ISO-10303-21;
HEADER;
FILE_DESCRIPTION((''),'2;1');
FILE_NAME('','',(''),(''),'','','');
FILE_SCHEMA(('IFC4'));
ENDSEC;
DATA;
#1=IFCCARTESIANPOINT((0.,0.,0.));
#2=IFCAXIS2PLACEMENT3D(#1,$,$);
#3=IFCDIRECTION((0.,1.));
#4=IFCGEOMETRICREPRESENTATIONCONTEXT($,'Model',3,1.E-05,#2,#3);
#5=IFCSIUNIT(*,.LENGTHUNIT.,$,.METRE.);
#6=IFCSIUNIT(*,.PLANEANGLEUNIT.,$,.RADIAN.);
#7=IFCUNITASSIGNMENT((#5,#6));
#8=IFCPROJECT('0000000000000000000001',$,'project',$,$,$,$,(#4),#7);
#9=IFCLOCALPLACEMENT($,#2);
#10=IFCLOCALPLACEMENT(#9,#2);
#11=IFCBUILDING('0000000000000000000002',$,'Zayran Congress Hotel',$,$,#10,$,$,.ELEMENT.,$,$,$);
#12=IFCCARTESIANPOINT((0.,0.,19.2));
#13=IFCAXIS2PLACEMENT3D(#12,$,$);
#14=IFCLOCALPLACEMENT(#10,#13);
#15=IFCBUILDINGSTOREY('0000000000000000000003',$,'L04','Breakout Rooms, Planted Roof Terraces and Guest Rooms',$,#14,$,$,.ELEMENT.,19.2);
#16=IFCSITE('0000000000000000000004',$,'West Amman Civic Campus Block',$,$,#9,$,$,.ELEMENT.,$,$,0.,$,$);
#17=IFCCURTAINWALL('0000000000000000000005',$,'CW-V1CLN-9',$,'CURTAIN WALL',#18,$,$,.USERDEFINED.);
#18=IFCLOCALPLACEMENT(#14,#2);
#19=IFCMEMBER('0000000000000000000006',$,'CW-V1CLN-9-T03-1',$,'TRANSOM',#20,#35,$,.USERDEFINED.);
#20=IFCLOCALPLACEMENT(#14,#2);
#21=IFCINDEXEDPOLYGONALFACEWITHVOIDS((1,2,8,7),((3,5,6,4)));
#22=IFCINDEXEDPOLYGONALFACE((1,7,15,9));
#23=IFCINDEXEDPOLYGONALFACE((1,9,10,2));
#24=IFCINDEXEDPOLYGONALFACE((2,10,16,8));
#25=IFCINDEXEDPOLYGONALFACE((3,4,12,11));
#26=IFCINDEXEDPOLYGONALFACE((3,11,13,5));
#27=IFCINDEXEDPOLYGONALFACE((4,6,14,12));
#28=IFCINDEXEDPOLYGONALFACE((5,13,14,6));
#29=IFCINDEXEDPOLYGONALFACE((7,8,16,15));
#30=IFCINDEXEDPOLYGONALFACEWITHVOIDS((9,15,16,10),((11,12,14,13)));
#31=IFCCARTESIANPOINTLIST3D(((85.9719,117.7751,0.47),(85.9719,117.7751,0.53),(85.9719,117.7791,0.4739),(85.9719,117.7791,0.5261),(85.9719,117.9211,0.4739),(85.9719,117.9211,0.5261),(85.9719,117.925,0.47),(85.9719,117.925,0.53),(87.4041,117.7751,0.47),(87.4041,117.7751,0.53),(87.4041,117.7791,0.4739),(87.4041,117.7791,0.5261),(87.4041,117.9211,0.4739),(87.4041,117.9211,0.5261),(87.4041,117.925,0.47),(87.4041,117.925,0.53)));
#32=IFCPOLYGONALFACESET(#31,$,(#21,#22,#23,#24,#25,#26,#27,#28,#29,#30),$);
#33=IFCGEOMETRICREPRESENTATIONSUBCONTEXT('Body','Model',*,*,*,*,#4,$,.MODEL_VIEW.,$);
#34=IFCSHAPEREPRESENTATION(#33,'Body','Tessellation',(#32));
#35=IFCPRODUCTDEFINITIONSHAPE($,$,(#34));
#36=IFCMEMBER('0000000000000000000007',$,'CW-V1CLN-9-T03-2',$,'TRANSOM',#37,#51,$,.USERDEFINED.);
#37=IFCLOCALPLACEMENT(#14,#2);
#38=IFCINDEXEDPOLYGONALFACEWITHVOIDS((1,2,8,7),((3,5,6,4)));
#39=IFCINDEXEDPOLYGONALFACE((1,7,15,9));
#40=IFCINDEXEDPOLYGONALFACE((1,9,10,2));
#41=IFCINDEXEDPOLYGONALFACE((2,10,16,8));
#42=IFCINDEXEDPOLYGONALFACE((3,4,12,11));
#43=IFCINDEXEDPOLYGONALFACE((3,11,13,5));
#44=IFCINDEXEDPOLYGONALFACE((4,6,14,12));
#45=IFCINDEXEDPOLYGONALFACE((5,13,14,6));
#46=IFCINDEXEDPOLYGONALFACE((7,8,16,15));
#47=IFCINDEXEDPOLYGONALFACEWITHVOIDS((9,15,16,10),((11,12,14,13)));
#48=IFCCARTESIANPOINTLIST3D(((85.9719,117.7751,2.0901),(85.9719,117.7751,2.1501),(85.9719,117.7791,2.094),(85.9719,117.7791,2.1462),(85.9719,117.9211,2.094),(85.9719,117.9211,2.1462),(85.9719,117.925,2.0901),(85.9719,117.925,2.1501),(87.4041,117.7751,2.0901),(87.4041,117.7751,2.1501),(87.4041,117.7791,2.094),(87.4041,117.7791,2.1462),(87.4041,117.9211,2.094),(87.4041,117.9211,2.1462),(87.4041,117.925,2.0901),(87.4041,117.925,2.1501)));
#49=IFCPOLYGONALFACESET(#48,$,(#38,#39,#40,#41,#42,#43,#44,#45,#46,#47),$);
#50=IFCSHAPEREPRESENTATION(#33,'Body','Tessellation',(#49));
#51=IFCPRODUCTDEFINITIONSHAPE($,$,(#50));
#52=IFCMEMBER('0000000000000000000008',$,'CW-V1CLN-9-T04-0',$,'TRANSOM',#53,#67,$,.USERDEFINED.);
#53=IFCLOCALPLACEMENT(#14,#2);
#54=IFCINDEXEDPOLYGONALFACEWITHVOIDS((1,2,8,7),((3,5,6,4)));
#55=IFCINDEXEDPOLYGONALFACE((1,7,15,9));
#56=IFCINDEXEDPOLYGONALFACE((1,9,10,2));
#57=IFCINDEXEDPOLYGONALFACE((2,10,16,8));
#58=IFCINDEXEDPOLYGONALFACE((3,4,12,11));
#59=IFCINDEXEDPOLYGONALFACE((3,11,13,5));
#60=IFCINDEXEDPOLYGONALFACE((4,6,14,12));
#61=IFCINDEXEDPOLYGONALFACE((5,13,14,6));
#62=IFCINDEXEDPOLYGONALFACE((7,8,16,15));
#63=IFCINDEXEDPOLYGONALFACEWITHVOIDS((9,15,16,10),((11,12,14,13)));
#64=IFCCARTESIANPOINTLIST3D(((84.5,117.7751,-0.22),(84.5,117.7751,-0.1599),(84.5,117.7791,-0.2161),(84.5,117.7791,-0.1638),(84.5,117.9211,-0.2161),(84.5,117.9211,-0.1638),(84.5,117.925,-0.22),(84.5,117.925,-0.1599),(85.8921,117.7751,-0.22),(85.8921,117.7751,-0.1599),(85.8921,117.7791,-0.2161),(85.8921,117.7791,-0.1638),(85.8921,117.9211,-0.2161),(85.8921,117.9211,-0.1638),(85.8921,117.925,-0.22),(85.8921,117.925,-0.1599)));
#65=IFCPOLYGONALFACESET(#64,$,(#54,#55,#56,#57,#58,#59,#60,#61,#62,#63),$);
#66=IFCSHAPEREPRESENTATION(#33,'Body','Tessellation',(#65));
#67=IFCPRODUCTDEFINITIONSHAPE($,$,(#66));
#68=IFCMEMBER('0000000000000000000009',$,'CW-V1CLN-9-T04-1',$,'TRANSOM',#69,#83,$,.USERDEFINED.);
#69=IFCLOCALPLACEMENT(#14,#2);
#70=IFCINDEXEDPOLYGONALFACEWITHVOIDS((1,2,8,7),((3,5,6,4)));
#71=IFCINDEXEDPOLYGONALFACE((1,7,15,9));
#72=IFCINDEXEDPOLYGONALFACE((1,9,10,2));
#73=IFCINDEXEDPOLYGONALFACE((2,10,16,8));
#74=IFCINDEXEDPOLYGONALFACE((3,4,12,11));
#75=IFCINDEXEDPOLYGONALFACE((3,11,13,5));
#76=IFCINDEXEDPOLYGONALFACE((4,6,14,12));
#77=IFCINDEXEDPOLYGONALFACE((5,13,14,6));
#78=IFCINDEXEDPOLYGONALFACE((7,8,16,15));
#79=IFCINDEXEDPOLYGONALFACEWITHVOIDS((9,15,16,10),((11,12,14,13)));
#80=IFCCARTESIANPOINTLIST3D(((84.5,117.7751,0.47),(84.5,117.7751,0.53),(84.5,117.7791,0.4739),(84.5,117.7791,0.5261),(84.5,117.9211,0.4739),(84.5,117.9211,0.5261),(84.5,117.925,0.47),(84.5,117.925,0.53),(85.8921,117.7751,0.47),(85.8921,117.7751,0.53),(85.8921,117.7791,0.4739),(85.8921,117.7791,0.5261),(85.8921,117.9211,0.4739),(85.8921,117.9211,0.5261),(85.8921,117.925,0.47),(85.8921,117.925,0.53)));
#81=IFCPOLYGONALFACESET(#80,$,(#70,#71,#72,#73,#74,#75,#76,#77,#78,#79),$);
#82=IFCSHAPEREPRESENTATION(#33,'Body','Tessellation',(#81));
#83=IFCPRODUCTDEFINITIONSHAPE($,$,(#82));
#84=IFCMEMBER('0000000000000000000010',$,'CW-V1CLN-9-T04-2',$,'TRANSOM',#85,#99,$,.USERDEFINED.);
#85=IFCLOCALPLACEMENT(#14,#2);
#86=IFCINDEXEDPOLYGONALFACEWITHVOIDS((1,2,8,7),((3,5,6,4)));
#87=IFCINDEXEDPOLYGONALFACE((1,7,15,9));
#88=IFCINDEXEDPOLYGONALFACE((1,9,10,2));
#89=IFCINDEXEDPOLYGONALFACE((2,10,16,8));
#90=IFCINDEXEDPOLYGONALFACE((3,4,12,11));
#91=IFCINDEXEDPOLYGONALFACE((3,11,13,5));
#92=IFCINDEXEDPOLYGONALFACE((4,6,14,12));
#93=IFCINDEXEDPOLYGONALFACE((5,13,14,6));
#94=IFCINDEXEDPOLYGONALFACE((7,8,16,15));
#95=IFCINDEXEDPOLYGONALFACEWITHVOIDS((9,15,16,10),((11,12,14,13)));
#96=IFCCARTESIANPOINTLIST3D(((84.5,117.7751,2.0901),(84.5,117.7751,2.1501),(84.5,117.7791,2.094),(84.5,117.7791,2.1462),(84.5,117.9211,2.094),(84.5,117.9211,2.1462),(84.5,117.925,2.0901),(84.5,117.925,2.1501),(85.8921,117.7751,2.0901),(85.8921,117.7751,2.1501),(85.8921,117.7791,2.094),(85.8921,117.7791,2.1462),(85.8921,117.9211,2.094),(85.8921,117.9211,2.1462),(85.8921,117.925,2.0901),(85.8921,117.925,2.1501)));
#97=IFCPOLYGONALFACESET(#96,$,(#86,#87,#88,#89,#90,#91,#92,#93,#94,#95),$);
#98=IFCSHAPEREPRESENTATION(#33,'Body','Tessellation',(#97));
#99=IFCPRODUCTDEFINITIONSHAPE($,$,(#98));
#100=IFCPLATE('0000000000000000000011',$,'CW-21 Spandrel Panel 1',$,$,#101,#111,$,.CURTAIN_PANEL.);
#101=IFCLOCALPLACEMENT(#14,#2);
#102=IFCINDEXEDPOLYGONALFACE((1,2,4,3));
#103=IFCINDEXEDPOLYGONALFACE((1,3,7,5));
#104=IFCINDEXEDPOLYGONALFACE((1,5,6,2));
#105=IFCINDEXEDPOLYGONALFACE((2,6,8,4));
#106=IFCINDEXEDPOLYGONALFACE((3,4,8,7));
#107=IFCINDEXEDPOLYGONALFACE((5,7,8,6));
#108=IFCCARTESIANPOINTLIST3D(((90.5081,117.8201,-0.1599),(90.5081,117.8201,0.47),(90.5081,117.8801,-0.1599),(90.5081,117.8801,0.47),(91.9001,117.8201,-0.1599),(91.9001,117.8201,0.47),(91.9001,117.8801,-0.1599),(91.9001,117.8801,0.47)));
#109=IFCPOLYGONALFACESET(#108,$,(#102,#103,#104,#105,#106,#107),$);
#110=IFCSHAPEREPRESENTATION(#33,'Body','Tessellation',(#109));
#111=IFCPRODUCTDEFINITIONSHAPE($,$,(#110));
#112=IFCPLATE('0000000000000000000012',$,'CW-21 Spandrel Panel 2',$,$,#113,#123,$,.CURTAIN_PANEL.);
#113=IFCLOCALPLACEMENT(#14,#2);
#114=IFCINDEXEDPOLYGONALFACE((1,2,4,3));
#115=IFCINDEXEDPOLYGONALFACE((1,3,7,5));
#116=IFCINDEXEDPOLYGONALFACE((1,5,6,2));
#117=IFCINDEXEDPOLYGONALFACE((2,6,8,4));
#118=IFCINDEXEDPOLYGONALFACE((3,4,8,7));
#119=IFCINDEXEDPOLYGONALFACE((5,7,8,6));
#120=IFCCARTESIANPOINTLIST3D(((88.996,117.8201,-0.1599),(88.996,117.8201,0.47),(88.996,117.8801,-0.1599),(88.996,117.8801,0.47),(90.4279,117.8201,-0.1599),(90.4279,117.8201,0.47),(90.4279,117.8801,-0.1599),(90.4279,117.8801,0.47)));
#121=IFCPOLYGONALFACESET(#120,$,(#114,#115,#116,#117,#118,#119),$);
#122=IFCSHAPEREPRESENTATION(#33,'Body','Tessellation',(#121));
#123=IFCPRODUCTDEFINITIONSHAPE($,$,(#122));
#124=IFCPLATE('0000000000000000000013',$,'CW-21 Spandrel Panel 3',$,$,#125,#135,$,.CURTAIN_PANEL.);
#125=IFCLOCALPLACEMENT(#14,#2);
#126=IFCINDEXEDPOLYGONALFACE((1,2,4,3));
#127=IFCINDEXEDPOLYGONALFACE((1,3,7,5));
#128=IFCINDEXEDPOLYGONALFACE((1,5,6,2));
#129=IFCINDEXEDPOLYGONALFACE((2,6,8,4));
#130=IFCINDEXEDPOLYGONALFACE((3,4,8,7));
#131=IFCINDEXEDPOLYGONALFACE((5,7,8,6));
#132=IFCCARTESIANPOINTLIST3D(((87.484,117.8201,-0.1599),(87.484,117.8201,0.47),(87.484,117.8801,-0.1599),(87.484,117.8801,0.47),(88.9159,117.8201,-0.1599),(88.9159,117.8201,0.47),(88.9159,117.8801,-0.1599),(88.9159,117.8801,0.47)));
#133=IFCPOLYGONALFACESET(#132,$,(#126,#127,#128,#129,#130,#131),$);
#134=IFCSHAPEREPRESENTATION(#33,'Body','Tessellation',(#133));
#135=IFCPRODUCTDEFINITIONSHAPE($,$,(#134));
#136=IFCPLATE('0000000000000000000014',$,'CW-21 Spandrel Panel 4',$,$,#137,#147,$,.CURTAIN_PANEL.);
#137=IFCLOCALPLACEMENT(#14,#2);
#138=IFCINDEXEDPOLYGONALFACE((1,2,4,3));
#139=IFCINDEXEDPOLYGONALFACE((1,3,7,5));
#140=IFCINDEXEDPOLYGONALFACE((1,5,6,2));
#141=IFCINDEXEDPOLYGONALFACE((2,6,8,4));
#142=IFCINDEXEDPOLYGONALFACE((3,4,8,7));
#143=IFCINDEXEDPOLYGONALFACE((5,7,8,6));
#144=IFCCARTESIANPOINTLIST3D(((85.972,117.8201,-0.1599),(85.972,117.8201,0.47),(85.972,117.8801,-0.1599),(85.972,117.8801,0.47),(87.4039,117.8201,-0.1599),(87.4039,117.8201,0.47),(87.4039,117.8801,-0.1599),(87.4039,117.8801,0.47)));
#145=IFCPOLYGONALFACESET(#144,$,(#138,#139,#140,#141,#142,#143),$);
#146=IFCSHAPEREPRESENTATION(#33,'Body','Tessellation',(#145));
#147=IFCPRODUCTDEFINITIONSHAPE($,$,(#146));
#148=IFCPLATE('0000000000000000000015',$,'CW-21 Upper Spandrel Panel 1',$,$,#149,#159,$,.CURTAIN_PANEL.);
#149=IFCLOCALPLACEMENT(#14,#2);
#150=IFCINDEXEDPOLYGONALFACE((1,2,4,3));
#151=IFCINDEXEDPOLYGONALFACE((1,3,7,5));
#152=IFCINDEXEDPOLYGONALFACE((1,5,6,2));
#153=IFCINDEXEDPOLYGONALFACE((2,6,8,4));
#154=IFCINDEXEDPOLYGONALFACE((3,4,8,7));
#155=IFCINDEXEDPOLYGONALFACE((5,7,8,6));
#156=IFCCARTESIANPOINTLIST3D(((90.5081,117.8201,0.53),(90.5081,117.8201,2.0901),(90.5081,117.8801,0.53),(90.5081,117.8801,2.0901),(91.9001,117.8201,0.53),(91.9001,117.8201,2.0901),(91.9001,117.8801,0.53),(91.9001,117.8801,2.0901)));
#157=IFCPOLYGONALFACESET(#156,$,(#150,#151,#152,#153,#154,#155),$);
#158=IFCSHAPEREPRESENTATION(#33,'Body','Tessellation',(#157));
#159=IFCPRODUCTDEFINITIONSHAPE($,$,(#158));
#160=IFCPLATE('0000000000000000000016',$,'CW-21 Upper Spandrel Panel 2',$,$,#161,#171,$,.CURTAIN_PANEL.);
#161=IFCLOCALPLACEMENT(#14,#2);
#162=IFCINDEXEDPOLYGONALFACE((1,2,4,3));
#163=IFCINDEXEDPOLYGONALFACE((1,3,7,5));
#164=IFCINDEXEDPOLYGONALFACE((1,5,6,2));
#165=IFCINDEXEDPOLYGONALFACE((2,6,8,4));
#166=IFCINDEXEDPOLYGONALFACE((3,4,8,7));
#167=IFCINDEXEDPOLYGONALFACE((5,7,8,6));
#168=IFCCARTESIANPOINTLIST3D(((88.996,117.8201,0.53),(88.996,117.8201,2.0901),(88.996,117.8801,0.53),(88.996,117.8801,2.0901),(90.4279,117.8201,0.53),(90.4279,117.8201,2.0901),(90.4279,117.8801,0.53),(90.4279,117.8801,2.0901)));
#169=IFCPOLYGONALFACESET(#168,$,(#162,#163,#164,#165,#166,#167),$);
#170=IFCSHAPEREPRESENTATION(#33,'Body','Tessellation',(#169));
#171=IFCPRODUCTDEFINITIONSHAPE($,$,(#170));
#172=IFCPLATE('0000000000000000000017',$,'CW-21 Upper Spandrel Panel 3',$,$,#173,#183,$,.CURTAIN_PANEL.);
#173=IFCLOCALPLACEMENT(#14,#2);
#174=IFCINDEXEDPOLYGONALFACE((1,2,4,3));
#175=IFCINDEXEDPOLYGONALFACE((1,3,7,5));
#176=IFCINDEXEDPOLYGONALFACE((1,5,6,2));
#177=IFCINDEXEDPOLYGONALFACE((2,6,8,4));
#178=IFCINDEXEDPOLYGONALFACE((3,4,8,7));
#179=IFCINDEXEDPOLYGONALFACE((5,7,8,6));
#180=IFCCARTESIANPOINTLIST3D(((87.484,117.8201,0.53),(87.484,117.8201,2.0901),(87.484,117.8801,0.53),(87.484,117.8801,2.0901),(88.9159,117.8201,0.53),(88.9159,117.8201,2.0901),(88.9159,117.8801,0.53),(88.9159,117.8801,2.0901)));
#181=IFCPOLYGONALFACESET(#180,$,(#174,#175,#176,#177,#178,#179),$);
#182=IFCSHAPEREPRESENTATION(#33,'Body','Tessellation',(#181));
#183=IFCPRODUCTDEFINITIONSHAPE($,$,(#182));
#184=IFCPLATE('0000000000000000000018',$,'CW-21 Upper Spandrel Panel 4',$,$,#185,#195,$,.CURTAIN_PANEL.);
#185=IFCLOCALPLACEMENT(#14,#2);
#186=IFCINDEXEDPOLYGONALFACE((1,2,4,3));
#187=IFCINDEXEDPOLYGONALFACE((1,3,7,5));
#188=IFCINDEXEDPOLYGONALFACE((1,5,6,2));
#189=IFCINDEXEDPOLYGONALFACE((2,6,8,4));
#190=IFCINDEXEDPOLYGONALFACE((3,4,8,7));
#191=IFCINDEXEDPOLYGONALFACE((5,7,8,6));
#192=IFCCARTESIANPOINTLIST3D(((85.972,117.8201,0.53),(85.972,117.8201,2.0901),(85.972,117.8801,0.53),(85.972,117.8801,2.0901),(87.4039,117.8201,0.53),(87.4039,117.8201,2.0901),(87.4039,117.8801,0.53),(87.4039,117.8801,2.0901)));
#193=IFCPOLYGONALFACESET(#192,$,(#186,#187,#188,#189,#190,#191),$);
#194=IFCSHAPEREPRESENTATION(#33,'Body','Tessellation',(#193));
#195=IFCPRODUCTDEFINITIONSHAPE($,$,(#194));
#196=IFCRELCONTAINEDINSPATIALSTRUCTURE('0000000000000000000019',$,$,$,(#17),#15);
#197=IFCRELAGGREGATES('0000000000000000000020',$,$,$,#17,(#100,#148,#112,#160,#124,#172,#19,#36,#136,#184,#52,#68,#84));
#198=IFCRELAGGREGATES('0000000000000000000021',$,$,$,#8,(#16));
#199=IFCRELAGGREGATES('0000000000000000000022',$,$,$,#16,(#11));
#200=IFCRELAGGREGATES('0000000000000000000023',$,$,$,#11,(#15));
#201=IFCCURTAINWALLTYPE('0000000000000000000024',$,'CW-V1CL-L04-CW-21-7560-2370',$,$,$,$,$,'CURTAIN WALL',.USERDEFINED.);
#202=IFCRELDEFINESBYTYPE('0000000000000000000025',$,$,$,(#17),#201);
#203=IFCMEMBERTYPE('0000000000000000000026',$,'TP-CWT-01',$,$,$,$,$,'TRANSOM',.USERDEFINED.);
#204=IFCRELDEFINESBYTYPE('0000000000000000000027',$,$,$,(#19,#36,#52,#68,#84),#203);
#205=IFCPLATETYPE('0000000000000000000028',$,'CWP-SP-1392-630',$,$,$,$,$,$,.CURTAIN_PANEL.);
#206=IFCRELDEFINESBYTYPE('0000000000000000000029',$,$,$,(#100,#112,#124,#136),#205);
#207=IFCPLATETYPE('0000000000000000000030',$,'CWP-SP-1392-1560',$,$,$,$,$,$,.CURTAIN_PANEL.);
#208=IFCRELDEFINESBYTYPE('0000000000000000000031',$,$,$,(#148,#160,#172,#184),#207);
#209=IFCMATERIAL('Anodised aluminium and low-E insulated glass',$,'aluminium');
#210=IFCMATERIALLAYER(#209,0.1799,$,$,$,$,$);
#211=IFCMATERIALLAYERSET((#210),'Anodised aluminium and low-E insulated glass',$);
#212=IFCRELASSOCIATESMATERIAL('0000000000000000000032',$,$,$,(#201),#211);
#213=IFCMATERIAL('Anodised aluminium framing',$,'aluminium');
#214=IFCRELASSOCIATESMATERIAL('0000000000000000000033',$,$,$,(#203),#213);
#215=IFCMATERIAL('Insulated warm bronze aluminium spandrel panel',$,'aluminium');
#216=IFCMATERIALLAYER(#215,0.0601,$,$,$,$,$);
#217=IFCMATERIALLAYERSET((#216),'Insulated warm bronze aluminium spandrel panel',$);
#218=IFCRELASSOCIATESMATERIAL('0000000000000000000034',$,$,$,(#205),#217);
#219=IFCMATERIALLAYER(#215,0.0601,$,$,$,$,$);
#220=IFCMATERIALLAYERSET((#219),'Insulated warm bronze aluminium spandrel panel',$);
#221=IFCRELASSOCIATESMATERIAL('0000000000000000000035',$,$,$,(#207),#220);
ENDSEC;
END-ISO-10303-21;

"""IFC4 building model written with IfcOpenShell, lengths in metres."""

from ifc_helpers import new_model, si_unit, direction, frame, origin, origin_2d, place, context, subcontext, project, spatial, rectangle, hollow_rectangle, extrude, material, layer, layer_set, material_profile, profile_set, type_object, element, aggregate, save


model = new_model("IFC4")

# Units and contexts
model_context = context("Model", 3, precision=1e-05, world=origin(), true_north=direction((0.0, 1.0)))
body_context = subcontext(model_context, "Body", "Model", "MODEL_VIEW")
ifc_project = project(units=[si_unit("LENGTHUNIT", "METRE"), si_unit("PLANEANGLEUNIT", "RADIAN")], contexts=[model_context])

# Site, building, storey
site_placement = place(None, origin())
site = spatial("IfcSite", under=ifc_project, at=site_placement, Name="West Amman Civic Campus Block", CompositionType="ELEMENT", RefElevation=0.0)
building_placement = place(site_placement, origin())
building = spatial("IfcBuilding", under=site, at=building_placement, Name="Zayran Congress Hotel", CompositionType="ELEMENT")
storey_placement = place(building_placement, frame((0.0, 0.0, 19.2)))
storey = spatial("IfcBuildingStorey", under=building, at=storey_placement, Name="L04", Description="Breakout Rooms, Planted Roof Terraces and Guest Rooms", CompositionType="ELEMENT", Elevation=19.2)

# Curtain wall, members, plates
ifc_material_1 = material(Name="Anodised aluminium and low-E insulated glass", Category="aluminium")
ifc_layer_1 = layer(ifc_material_1, 0.1799)
ifc_layer_set_1 = layer_set([ifc_layer_1], Name="Anodised aluminium and low-E insulated glass")
curtain_wall_type = type_object("IfcCurtainWallType", Name="CW-V1CL-L04-CW-21-7560-2370", ElementType="CURTAIN WALL", PredefinedType="USERDEFINED", material=ifc_layer_set_1)
curtain_wall_placement = place(storey_placement, origin())
curtain_wall = element("IfcCurtainWall", 1, at=curtain_wall_placement, inside=storey, type_object=curtain_wall_type, Name="CW-V1CLN-9", ObjectType="CURTAIN WALL", PredefinedType="USERDEFINED")
ifc_material_2 = material(Name="Anodised aluminium framing", Category="aluminium")
ifc_material_profile_1 = material_profile(ifc_material_2, hollow_rectangle(XDim=0.0601, YDim=0.1499, WallThickness=0.0039, at=origin_2d()), Name="RHS 150x60x4")
ifc_profile_set_1 = profile_set([ifc_material_profile_1], Name="Anodised aluminium framing")
member_type_1 = type_object("IfcMemberType", Name="TP-CWT-01", ElementType="TRANSOM", PredefinedType="USERDEFINED", material=ifc_profile_set_1)
member_1_placement = place(storey_placement, frame((87.4041, 117.8501, 0.5), z_axis=(-1.0, 0.0, 0.0), x_axis=(0.0, 0.0, 1.0)))
member_1 = element("IfcMember", 2, at=member_1_placement, type_object=member_type_1, Name="CW-V1CLN-9-T03-1", ObjectType="TRANSOM", PredefinedType="USERDEFINED", context=body_context, shape_type="SweptSolid", body=[
    extrude(hollow_rectangle(XDim=0.0601, YDim=0.1499, WallThickness=0.0039, at=origin_2d()), origin(), (0.0, 0.0, 1.0), 1.4321),
])
member_2_placement = place(storey_placement, frame((87.4041, 117.8501, 2.1201), z_axis=(-1.0, 0.0, 0.0), x_axis=(0.0, 0.0, 1.0)))
member_2 = element("IfcMember", 3, at=member_2_placement, type_object=member_type_1, Name="CW-V1CLN-9-T03-2", ObjectType="TRANSOM", PredefinedType="USERDEFINED", context=body_context, shape_type="SweptSolid", body=[
    extrude(hollow_rectangle(XDim=0.0601, YDim=0.1499, WallThickness=0.0039, at=origin_2d()), origin(), (0.0, 0.0, 1.0), 1.4321),
])
member_3_placement = place(storey_placement, frame((85.8921, 117.8501, -0.1899), z_axis=(-1.0, 0.0, 0.0), x_axis=(0.0, 0.0, 1.0)))
member_3 = element("IfcMember", 4, at=member_3_placement, type_object=member_type_1, Name="CW-V1CLN-9-T04-0", ObjectType="TRANSOM", PredefinedType="USERDEFINED", context=body_context, shape_type="SweptSolid", body=[
    extrude(hollow_rectangle(XDim=0.0601, YDim=0.1499, WallThickness=0.0039, at=origin_2d()), origin(), (0.0, 0.0, 1.0), 1.3921),
])
member_4_placement = place(storey_placement, frame((85.8921, 117.8501, 0.5), z_axis=(-1.0, 0.0, 0.0), x_axis=(0.0, 0.0, 1.0)))
member_4 = element("IfcMember", 5, at=member_4_placement, type_object=member_type_1, Name="CW-V1CLN-9-T04-1", ObjectType="TRANSOM", PredefinedType="USERDEFINED", context=body_context, shape_type="SweptSolid", body=[
    extrude(hollow_rectangle(XDim=0.0601, YDim=0.1499, WallThickness=0.0039, at=origin_2d()), origin(), (0.0, 0.0, 1.0), 1.3921),
])
member_5_placement = place(storey_placement, frame((85.8921, 117.8501, 2.1201), z_axis=(-1.0, 0.0, 0.0), x_axis=(0.0, 0.0, 1.0)))
member_5 = element("IfcMember", 6, at=member_5_placement, type_object=member_type_1, Name="CW-V1CLN-9-T04-2", ObjectType="TRANSOM", PredefinedType="USERDEFINED", context=body_context, shape_type="SweptSolid", body=[
    extrude(hollow_rectangle(XDim=0.0601, YDim=0.1499, WallThickness=0.0039, at=origin_2d()), origin(), (0.0, 0.0, 1.0), 1.3921),
])
ifc_material_3 = material(Name="Insulated warm bronze aluminium spandrel panel", Category="aluminium")
ifc_layer_2 = layer(ifc_material_3, 0.0601)
ifc_layer_set_2 = layer_set([ifc_layer_2], Name="Insulated warm bronze aluminium spandrel panel")
plate_type_1 = type_object("IfcPlateType", Name="CWP-SP-1392-630", PredefinedType="CURTAIN_PANEL", material=ifc_layer_set_2)
plate_1_placement = place(storey_placement, frame((91.2041, 117.8501, -0.1599), z_axis=(0.0, 0.0, 1.0), x_axis=(1.0, 0.0, 0.0)))
plate_1 = element("IfcPlate", 7, at=plate_1_placement, type_object=plate_type_1, Name="CW-21 Spandrel Panel 1", PredefinedType="CURTAIN_PANEL", context=body_context, shape_type="SweptSolid", body=[
    extrude(rectangle(XDim=1.3921, YDim=0.0601, at=origin_2d()), origin(), (0.0, 0.0, 1.0), 0.6299),
])
plate_2_placement = place(storey_placement, frame((89.7119, 117.8501, -0.1599), z_axis=(0.0, 0.0, 1.0), x_axis=(1.0, 0.0, 0.0)))
plate_2 = element("IfcPlate", 8, at=plate_2_placement, type_object=plate_type_1, Name="CW-21 Spandrel Panel 2", PredefinedType="CURTAIN_PANEL", context=body_context, shape_type="SweptSolid", body=[
    extrude(rectangle(XDim=1.4319, YDim=0.0601, at=origin_2d()), origin(), (0.0, 0.0, 1.0), 0.6299),
])
plate_3_placement = place(storey_placement, frame((88.2, 117.8501, -0.1599), z_axis=(0.0, 0.0, 1.0), x_axis=(1.0, 0.0, 0.0)))
plate_3 = element("IfcPlate", 9, at=plate_3_placement, type_object=plate_type_1, Name="CW-21 Spandrel Panel 3", PredefinedType="CURTAIN_PANEL", context=body_context, shape_type="SweptSolid", body=[
    extrude(rectangle(XDim=1.4319, YDim=0.0601, at=origin_2d()), origin(), (0.0, 0.0, 1.0), 0.6299),
])
plate_4_placement = place(storey_placement, frame((86.688, 117.8501, -0.1599), z_axis=(0.0, 0.0, 1.0), x_axis=(1.0, 0.0, 0.0)))
plate_4 = element("IfcPlate", 10, at=plate_4_placement, type_object=plate_type_1, Name="CW-21 Spandrel Panel 4", PredefinedType="CURTAIN_PANEL", context=body_context, shape_type="SweptSolid", body=[
    extrude(rectangle(XDim=1.4319, YDim=0.0601, at=origin_2d()), origin(), (0.0, 0.0, 1.0), 0.6299),
])
ifc_layer_3 = layer(ifc_material_3, 0.0601)
ifc_layer_set_3 = layer_set([ifc_layer_3], Name="Insulated warm bronze aluminium spandrel panel")
plate_type_2 = type_object("IfcPlateType", Name="CWP-SP-1392-1560", PredefinedType="CURTAIN_PANEL", material=ifc_layer_set_3)
plate_5_placement = place(storey_placement, frame((91.2041, 117.8501, 0.53), z_axis=(0.0, 0.0, 1.0), x_axis=(1.0, 0.0, 0.0)))
plate_5 = element("IfcPlate", 11, at=plate_5_placement, type_object=plate_type_2, Name="CW-21 Upper Spandrel Panel 1", PredefinedType="CURTAIN_PANEL", context=body_context, shape_type="SweptSolid", body=[
    extrude(rectangle(XDim=1.3921, YDim=0.0601, at=origin_2d()), origin(), (0.0, 0.0, 1.0), 1.5601),
])
plate_6_placement = place(storey_placement, frame((89.7119, 117.8501, 0.53), z_axis=(0.0, 0.0, 1.0), x_axis=(1.0, 0.0, 0.0)))
plate_6 = element("IfcPlate", 12, at=plate_6_placement, type_object=plate_type_2, Name="CW-21 Upper Spandrel Panel 2", PredefinedType="CURTAIN_PANEL", context=body_context, shape_type="SweptSolid", body=[
    extrude(rectangle(XDim=1.4319, YDim=0.0601, at=origin_2d()), origin(), (0.0, 0.0, 1.0), 1.5601),
])
plate_7_placement = place(storey_placement, frame((88.2, 117.8501, 0.53), z_axis=(0.0, 0.0, 1.0), x_axis=(1.0, 0.0, 0.0)))
plate_7 = element("IfcPlate", 13, at=plate_7_placement, type_object=plate_type_2, Name="CW-21 Upper Spandrel Panel 3", PredefinedType="CURTAIN_PANEL", context=body_context, shape_type="SweptSolid", body=[
    extrude(rectangle(XDim=1.4319, YDim=0.0601, at=origin_2d()), origin(), (0.0, 0.0, 1.0), 1.5601),
])
plate_8_placement = place(storey_placement, frame((86.688, 117.8501, 0.53), z_axis=(0.0, 0.0, 1.0), x_axis=(1.0, 0.0, 0.0)))
plate_8 = element("IfcPlate", 14, at=plate_8_placement, type_object=plate_type_2, Name="CW-21 Upper Spandrel Panel 4", PredefinedType="CURTAIN_PANEL", context=body_context, shape_type="SweptSolid", body=[
    extrude(rectangle(XDim=1.4319, YDim=0.0601, at=origin_2d()), origin(), (0.0, 0.0, 1.0), 1.5601),
])
aggregate(curtain_wall, [plate_1, plate_5, plate_2, plate_6, plate_3, plate_7, member_1, member_2, plate_4, plate_8, member_3, member_4, member_5])

save(model, "model.ifc")
